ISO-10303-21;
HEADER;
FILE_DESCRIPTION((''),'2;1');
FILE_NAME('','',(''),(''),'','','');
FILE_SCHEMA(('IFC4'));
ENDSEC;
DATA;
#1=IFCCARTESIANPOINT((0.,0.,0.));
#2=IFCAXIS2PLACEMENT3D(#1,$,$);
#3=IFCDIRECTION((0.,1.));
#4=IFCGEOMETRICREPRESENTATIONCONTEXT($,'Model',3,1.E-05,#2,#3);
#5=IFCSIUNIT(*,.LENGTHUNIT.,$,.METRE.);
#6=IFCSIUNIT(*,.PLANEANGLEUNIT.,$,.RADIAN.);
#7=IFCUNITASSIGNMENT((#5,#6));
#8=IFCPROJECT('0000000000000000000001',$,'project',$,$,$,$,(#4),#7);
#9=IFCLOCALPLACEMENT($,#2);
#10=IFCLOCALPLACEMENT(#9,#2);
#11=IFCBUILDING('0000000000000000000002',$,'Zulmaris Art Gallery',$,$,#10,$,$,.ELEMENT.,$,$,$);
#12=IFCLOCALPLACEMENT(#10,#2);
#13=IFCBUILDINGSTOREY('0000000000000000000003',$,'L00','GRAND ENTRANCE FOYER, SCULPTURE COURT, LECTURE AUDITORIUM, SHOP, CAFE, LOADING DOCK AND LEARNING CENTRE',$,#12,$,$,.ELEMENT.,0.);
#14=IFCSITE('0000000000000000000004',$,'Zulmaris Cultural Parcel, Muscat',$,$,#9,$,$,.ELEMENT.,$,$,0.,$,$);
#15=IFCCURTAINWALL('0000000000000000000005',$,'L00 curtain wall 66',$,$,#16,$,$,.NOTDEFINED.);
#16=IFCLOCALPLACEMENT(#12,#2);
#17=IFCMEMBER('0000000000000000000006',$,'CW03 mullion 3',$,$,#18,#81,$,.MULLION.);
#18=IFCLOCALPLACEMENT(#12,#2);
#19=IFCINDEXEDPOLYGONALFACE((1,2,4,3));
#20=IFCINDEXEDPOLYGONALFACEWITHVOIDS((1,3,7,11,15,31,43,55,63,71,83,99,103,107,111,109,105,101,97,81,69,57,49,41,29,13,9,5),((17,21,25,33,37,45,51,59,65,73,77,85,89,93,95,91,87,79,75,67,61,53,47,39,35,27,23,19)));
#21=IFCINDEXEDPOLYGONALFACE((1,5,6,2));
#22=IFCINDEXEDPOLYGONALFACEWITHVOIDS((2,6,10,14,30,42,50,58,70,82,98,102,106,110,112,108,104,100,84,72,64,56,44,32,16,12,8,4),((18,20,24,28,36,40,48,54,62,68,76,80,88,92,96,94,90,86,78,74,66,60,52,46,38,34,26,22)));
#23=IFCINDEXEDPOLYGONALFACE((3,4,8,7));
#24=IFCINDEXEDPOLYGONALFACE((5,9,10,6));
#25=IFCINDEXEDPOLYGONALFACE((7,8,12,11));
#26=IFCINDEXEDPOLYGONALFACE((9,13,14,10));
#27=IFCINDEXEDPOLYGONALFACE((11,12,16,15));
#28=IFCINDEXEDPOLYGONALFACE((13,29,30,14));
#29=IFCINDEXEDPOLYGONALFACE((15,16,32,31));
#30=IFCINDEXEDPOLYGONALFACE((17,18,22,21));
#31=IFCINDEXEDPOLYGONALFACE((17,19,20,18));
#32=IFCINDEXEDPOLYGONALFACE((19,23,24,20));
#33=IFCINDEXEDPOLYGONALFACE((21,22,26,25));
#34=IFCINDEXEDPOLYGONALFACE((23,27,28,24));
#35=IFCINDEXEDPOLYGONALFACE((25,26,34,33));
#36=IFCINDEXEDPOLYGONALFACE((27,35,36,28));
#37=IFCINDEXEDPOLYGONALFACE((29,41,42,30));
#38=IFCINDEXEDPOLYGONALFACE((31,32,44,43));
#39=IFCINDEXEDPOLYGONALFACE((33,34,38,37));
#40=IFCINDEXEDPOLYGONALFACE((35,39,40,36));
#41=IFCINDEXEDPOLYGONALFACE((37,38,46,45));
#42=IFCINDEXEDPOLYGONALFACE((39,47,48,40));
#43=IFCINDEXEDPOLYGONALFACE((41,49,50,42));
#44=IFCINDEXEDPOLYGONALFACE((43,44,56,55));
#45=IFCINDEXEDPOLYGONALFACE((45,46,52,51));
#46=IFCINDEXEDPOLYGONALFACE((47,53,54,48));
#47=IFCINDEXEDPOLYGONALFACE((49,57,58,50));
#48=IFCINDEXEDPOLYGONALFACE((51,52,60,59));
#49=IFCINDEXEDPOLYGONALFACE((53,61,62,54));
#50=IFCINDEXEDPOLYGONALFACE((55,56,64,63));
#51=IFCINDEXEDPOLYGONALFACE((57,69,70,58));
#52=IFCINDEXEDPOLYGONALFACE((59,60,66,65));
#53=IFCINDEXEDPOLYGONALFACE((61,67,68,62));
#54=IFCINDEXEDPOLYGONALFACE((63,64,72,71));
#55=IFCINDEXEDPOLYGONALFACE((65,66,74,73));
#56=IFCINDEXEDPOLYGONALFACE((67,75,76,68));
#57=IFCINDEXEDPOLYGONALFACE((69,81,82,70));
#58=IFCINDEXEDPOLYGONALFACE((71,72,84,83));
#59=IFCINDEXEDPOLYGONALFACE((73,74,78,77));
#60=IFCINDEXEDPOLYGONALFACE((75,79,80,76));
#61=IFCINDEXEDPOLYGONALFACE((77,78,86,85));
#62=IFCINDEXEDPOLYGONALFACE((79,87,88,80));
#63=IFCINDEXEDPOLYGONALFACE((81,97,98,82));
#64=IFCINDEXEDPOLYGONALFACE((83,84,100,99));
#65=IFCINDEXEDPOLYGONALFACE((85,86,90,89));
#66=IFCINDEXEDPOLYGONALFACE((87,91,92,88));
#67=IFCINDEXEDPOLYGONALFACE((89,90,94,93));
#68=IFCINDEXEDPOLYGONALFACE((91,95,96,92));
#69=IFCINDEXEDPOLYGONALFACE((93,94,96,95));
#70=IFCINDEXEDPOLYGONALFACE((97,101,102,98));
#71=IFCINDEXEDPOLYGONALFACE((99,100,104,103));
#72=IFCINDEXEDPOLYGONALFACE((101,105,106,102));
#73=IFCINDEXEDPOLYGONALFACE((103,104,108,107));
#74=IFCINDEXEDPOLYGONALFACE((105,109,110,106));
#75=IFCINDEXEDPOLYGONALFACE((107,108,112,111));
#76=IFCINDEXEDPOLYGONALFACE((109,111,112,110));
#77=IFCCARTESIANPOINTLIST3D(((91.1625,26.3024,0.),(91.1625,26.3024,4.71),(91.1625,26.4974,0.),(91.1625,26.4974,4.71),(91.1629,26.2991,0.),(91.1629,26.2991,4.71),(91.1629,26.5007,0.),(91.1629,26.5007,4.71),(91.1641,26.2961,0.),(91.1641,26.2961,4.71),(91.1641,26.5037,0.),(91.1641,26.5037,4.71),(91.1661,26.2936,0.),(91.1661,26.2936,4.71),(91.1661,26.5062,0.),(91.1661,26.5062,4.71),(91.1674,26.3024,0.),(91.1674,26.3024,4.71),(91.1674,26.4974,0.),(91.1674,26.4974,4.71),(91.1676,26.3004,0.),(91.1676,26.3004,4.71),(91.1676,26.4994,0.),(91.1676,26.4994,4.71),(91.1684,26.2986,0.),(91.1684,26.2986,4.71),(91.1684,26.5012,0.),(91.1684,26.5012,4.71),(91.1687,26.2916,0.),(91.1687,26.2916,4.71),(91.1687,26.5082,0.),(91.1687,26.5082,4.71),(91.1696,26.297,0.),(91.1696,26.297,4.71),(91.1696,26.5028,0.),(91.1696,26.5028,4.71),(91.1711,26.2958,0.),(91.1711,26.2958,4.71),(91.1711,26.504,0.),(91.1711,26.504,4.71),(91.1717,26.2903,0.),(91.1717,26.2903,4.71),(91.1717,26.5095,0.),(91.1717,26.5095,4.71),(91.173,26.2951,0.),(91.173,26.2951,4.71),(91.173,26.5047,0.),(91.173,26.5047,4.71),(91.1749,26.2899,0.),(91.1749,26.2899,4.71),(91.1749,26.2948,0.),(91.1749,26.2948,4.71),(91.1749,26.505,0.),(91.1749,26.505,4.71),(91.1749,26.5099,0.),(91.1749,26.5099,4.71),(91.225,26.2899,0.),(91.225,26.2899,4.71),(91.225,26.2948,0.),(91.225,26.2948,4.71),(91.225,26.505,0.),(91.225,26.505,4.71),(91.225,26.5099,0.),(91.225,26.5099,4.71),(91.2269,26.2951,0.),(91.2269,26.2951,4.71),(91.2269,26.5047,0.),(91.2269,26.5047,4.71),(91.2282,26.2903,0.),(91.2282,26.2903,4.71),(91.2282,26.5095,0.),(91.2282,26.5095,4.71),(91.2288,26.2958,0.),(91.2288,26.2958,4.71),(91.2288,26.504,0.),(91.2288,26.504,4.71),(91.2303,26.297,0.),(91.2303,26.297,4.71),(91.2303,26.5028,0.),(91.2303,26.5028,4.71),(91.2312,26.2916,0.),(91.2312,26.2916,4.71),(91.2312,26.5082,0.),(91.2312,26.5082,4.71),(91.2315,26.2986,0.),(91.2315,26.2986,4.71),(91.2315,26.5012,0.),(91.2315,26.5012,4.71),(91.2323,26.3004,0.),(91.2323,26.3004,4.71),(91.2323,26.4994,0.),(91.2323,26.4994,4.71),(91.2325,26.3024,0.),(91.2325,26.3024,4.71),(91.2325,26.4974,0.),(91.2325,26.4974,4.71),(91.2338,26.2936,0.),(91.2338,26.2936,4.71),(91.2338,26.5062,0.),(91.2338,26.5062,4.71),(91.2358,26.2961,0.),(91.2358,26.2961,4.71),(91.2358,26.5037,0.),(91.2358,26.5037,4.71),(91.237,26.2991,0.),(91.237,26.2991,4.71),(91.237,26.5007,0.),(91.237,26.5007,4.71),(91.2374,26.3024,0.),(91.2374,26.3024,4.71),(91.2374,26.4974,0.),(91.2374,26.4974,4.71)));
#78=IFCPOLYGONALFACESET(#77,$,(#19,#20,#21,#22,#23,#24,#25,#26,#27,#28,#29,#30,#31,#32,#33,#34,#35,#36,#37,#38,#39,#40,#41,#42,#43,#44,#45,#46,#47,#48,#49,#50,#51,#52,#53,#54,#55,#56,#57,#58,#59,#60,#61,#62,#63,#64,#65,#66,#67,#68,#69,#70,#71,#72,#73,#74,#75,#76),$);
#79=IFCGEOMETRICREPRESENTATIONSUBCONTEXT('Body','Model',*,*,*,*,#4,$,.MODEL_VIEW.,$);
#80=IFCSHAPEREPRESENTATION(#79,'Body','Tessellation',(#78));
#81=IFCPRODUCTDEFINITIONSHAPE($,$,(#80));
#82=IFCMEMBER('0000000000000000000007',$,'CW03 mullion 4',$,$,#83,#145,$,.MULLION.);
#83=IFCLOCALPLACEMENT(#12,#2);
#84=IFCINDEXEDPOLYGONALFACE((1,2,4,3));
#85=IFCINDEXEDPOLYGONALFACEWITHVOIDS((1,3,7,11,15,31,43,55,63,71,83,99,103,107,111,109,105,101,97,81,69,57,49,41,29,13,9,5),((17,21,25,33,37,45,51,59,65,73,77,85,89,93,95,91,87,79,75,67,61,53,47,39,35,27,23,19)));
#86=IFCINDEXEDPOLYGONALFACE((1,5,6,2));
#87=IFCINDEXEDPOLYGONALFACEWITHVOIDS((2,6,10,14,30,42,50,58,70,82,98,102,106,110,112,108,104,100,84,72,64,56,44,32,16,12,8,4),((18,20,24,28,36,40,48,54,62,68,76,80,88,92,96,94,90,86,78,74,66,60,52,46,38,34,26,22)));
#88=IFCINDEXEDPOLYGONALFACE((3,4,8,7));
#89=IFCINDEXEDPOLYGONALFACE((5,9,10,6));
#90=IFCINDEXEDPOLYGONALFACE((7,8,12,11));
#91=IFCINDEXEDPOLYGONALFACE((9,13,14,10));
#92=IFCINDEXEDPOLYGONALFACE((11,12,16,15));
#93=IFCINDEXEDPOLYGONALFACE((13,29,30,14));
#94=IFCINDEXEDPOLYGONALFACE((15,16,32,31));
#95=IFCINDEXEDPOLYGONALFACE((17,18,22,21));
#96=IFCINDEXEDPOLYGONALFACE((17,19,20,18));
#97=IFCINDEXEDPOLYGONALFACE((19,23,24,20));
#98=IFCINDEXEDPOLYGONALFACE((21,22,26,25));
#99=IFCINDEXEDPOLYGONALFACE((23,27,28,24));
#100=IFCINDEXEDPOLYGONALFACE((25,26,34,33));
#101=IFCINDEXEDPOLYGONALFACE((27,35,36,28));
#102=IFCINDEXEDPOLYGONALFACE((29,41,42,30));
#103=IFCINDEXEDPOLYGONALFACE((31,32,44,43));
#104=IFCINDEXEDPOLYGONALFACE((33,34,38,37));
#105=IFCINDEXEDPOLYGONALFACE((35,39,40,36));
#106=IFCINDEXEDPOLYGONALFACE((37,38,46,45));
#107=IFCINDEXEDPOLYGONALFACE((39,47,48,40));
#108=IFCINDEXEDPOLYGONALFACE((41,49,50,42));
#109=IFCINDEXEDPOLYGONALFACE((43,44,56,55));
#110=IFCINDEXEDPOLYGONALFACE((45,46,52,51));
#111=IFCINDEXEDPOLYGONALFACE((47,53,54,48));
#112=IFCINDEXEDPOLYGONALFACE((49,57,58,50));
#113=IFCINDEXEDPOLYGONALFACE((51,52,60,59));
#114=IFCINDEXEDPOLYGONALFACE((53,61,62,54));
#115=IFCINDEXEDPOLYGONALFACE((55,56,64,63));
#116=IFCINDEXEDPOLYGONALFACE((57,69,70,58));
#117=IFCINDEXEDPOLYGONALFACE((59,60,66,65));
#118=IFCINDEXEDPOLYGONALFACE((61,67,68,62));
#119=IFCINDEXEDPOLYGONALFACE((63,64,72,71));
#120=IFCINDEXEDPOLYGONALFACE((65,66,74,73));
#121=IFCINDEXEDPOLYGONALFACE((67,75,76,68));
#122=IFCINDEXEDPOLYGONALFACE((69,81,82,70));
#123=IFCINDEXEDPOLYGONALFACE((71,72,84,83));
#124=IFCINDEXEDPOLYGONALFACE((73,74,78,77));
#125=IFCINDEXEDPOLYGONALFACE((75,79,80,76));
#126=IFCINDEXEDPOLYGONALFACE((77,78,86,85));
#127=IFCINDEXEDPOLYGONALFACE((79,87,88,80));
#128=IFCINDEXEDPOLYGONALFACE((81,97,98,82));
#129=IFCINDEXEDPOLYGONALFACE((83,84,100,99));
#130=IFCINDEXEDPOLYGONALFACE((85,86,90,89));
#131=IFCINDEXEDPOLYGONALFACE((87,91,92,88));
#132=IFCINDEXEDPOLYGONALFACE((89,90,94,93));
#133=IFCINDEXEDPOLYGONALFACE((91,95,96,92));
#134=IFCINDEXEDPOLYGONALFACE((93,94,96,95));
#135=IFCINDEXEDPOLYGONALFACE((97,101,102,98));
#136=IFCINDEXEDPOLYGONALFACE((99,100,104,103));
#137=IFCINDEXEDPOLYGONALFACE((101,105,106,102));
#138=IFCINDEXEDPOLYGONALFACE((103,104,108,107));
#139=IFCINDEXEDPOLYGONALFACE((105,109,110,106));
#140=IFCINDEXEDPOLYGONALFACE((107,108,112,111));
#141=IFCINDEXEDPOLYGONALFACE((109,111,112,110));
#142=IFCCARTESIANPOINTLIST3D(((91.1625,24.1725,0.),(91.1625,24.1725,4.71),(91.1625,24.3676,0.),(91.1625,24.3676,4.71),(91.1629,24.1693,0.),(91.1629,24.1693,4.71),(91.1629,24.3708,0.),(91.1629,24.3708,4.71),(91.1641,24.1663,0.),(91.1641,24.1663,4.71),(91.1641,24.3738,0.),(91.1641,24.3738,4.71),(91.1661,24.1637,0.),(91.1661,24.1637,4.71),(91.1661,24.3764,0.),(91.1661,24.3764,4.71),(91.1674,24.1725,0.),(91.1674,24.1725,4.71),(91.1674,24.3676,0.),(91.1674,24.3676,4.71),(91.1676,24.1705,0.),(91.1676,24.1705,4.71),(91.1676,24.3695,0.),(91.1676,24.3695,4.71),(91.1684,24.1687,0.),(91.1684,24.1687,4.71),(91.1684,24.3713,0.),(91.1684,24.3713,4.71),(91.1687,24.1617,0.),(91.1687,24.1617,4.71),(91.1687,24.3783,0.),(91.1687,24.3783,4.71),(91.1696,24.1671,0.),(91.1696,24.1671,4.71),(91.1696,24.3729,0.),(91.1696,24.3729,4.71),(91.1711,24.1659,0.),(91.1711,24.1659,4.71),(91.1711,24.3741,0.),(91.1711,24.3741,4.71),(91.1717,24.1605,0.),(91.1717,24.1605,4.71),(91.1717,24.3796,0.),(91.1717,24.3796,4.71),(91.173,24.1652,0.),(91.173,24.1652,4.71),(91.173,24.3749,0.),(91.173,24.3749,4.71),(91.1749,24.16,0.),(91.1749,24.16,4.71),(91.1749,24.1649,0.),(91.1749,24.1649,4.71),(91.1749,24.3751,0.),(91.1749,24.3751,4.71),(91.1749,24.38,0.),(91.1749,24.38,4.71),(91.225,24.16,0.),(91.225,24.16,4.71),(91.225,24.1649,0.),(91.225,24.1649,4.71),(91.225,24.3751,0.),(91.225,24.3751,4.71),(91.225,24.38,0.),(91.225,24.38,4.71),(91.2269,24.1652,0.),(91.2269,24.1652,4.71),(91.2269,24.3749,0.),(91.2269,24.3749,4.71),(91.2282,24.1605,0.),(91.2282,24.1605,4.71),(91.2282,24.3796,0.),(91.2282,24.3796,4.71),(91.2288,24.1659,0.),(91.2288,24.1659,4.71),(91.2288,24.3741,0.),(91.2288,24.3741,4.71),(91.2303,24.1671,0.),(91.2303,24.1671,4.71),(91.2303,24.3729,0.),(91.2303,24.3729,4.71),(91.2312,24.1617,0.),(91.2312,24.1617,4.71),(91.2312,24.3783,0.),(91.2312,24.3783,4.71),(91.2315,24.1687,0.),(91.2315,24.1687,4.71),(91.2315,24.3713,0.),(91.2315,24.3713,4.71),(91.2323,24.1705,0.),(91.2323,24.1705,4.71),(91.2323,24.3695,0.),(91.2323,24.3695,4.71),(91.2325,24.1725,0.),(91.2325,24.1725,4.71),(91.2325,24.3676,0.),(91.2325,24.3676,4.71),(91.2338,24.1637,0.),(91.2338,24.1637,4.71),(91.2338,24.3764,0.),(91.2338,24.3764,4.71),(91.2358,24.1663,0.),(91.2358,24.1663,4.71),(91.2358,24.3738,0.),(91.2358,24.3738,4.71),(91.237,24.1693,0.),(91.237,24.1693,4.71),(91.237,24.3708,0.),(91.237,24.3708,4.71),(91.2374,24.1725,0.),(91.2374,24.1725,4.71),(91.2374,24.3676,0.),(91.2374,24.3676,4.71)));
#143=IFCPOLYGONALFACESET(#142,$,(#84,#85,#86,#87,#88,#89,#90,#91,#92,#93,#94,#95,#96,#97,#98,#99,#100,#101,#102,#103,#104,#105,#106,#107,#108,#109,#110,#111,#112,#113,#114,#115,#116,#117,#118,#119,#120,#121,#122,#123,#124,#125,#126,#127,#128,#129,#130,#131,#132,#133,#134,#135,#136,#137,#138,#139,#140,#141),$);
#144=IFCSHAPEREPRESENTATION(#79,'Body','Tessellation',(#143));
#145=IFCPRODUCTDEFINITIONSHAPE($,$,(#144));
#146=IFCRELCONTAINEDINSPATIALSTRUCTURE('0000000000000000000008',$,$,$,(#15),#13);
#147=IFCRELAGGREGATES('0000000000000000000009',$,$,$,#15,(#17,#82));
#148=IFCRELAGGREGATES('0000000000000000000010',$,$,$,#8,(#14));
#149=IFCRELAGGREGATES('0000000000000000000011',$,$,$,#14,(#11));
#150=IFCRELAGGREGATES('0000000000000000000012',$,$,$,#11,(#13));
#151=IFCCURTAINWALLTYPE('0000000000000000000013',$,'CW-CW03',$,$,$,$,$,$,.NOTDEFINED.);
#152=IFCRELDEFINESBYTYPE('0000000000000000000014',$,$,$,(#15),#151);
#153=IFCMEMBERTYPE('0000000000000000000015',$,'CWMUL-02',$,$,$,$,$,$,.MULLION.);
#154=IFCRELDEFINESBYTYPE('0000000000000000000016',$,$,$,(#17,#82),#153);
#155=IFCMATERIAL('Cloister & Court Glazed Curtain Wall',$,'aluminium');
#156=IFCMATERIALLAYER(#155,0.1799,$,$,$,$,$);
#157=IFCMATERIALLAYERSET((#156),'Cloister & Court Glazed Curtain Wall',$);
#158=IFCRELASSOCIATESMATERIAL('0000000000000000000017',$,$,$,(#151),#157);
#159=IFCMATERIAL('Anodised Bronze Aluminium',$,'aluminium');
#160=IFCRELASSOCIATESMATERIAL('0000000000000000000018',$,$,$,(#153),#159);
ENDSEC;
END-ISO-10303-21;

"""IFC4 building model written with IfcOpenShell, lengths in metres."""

from ifc_helpers import new_model, si_unit, direction, frame, origin, origin_2d, place, context, subcontext, project, spatial, hollow_rectangle, extrude, material, layer, layer_set, material_profile, profile_set, type_object, element, aggregate, save


model = new_model("IFC4")

# Units and contexts
model_context = context("Model", 3, precision=1e-05, world=origin(), true_north=direction((0.0, 1.0)))
body_context = subcontext(model_context, "Body", "Model", "MODEL_VIEW")
ifc_project = project(units=[si_unit("LENGTHUNIT", "METRE"), si_unit("PLANEANGLEUNIT", "RADIAN")], contexts=[model_context])

# Site, building, storey
site_placement = place(None, origin())
site = spatial("IfcSite", under=ifc_project, at=site_placement, Name="Zulmaris Cultural Parcel, Muscat", CompositionType="ELEMENT", RefElevation=0.0)
building_placement = place(site_placement, origin())
building = spatial("IfcBuilding", under=site, at=building_placement, Name="Zulmaris Art Gallery", CompositionType="ELEMENT")
storey_placement = place(building_placement, origin())
storey = spatial("IfcBuildingStorey", under=building, at=storey_placement, Name="L00", Description="GRAND ENTRANCE FOYER, SCULPTURE COURT, LECTURE AUDITORIUM, SHOP, CAFE, LOADING DOCK AND LEARNING CENTRE", CompositionType="ELEMENT", Elevation=0.0)

# Curtain wall, members
ifc_material_1 = material(Name="Cloister & Court Glazed Curtain Wall", Category="aluminium")
ifc_layer_1 = layer(ifc_material_1, 0.1799)
ifc_layer_set_1 = layer_set([ifc_layer_1], Name="Cloister & Court Glazed Curtain Wall")
curtain_wall_type = type_object("IfcCurtainWallType", Name="CW-CW03", PredefinedType="NOTDEFINED", material=ifc_layer_set_1)
curtain_wall_1_placement = place(storey_placement, origin())
curtain_wall_1 = element("IfcCurtainWall", 1, at=curtain_wall_1_placement, inside=storey, type_object=curtain_wall_type, Name="L00 curtain wall 66", PredefinedType="NOTDEFINED")
ifc_material_2 = material(Name="Anodised Bronze Aluminium", Category="aluminium")
ifc_material_profile_1 = material_profile(ifc_material_2, hollow_rectangle(XDim=0.075, YDim=0.22, WallThickness=0.0049, InnerFilletRadius=0.0076, OuterFilletRadius=0.0125, at=origin_2d()), Name="ALU 75x220x5")
ifc_profile_set_1 = profile_set([ifc_material_profile_1], Name="Anodised Bronze Aluminium")
member_type_1 = type_object("IfcMemberType", Name="CWMUL-02", PredefinedType="MULLION", material=ifc_profile_set_1)
member_1_placement = place(storey_placement, frame((91.2, 26.3999, 0.0), z_axis=(0.0, 0.0, 1.0), x_axis=(1.0, 0.0, 0.0)))
member_1 = element("IfcMember", 2, at=member_1_placement, type_object=member_type_1, Name="CW03 mullion 3", PredefinedType="MULLION", context=body_context, shape_type="SweptSolid", body=[
    extrude(hollow_rectangle(XDim=0.075, YDim=0.22, WallThickness=0.0049, InnerFilletRadius=0.0076, OuterFilletRadius=0.0125, at=origin_2d()), origin(), (0.0, 0.0, 1.0), 4.71),
])
member_2_placement = place(storey_placement, frame((91.2, 24.27, 0.0), z_axis=(0.0, 0.0, 1.0), x_axis=(1.0, 0.0, 0.0)))
member_2 = element("IfcMember", 3, at=member_2_placement, type_object=member_type_1, Name="CW03 mullion 4", PredefinedType="MULLION", context=body_context, shape_type="SweptSolid", body=[
    extrude(hollow_rectangle(XDim=0.075, YDim=0.22, WallThickness=0.0049, InnerFilletRadius=0.0076, OuterFilletRadius=0.0125, at=origin_2d()), origin(), (0.0, 0.0, 1.0), 4.71),
])

aggregate(curtain_wall_1, [member_1, member_2])

save(model, "model.ifc")
